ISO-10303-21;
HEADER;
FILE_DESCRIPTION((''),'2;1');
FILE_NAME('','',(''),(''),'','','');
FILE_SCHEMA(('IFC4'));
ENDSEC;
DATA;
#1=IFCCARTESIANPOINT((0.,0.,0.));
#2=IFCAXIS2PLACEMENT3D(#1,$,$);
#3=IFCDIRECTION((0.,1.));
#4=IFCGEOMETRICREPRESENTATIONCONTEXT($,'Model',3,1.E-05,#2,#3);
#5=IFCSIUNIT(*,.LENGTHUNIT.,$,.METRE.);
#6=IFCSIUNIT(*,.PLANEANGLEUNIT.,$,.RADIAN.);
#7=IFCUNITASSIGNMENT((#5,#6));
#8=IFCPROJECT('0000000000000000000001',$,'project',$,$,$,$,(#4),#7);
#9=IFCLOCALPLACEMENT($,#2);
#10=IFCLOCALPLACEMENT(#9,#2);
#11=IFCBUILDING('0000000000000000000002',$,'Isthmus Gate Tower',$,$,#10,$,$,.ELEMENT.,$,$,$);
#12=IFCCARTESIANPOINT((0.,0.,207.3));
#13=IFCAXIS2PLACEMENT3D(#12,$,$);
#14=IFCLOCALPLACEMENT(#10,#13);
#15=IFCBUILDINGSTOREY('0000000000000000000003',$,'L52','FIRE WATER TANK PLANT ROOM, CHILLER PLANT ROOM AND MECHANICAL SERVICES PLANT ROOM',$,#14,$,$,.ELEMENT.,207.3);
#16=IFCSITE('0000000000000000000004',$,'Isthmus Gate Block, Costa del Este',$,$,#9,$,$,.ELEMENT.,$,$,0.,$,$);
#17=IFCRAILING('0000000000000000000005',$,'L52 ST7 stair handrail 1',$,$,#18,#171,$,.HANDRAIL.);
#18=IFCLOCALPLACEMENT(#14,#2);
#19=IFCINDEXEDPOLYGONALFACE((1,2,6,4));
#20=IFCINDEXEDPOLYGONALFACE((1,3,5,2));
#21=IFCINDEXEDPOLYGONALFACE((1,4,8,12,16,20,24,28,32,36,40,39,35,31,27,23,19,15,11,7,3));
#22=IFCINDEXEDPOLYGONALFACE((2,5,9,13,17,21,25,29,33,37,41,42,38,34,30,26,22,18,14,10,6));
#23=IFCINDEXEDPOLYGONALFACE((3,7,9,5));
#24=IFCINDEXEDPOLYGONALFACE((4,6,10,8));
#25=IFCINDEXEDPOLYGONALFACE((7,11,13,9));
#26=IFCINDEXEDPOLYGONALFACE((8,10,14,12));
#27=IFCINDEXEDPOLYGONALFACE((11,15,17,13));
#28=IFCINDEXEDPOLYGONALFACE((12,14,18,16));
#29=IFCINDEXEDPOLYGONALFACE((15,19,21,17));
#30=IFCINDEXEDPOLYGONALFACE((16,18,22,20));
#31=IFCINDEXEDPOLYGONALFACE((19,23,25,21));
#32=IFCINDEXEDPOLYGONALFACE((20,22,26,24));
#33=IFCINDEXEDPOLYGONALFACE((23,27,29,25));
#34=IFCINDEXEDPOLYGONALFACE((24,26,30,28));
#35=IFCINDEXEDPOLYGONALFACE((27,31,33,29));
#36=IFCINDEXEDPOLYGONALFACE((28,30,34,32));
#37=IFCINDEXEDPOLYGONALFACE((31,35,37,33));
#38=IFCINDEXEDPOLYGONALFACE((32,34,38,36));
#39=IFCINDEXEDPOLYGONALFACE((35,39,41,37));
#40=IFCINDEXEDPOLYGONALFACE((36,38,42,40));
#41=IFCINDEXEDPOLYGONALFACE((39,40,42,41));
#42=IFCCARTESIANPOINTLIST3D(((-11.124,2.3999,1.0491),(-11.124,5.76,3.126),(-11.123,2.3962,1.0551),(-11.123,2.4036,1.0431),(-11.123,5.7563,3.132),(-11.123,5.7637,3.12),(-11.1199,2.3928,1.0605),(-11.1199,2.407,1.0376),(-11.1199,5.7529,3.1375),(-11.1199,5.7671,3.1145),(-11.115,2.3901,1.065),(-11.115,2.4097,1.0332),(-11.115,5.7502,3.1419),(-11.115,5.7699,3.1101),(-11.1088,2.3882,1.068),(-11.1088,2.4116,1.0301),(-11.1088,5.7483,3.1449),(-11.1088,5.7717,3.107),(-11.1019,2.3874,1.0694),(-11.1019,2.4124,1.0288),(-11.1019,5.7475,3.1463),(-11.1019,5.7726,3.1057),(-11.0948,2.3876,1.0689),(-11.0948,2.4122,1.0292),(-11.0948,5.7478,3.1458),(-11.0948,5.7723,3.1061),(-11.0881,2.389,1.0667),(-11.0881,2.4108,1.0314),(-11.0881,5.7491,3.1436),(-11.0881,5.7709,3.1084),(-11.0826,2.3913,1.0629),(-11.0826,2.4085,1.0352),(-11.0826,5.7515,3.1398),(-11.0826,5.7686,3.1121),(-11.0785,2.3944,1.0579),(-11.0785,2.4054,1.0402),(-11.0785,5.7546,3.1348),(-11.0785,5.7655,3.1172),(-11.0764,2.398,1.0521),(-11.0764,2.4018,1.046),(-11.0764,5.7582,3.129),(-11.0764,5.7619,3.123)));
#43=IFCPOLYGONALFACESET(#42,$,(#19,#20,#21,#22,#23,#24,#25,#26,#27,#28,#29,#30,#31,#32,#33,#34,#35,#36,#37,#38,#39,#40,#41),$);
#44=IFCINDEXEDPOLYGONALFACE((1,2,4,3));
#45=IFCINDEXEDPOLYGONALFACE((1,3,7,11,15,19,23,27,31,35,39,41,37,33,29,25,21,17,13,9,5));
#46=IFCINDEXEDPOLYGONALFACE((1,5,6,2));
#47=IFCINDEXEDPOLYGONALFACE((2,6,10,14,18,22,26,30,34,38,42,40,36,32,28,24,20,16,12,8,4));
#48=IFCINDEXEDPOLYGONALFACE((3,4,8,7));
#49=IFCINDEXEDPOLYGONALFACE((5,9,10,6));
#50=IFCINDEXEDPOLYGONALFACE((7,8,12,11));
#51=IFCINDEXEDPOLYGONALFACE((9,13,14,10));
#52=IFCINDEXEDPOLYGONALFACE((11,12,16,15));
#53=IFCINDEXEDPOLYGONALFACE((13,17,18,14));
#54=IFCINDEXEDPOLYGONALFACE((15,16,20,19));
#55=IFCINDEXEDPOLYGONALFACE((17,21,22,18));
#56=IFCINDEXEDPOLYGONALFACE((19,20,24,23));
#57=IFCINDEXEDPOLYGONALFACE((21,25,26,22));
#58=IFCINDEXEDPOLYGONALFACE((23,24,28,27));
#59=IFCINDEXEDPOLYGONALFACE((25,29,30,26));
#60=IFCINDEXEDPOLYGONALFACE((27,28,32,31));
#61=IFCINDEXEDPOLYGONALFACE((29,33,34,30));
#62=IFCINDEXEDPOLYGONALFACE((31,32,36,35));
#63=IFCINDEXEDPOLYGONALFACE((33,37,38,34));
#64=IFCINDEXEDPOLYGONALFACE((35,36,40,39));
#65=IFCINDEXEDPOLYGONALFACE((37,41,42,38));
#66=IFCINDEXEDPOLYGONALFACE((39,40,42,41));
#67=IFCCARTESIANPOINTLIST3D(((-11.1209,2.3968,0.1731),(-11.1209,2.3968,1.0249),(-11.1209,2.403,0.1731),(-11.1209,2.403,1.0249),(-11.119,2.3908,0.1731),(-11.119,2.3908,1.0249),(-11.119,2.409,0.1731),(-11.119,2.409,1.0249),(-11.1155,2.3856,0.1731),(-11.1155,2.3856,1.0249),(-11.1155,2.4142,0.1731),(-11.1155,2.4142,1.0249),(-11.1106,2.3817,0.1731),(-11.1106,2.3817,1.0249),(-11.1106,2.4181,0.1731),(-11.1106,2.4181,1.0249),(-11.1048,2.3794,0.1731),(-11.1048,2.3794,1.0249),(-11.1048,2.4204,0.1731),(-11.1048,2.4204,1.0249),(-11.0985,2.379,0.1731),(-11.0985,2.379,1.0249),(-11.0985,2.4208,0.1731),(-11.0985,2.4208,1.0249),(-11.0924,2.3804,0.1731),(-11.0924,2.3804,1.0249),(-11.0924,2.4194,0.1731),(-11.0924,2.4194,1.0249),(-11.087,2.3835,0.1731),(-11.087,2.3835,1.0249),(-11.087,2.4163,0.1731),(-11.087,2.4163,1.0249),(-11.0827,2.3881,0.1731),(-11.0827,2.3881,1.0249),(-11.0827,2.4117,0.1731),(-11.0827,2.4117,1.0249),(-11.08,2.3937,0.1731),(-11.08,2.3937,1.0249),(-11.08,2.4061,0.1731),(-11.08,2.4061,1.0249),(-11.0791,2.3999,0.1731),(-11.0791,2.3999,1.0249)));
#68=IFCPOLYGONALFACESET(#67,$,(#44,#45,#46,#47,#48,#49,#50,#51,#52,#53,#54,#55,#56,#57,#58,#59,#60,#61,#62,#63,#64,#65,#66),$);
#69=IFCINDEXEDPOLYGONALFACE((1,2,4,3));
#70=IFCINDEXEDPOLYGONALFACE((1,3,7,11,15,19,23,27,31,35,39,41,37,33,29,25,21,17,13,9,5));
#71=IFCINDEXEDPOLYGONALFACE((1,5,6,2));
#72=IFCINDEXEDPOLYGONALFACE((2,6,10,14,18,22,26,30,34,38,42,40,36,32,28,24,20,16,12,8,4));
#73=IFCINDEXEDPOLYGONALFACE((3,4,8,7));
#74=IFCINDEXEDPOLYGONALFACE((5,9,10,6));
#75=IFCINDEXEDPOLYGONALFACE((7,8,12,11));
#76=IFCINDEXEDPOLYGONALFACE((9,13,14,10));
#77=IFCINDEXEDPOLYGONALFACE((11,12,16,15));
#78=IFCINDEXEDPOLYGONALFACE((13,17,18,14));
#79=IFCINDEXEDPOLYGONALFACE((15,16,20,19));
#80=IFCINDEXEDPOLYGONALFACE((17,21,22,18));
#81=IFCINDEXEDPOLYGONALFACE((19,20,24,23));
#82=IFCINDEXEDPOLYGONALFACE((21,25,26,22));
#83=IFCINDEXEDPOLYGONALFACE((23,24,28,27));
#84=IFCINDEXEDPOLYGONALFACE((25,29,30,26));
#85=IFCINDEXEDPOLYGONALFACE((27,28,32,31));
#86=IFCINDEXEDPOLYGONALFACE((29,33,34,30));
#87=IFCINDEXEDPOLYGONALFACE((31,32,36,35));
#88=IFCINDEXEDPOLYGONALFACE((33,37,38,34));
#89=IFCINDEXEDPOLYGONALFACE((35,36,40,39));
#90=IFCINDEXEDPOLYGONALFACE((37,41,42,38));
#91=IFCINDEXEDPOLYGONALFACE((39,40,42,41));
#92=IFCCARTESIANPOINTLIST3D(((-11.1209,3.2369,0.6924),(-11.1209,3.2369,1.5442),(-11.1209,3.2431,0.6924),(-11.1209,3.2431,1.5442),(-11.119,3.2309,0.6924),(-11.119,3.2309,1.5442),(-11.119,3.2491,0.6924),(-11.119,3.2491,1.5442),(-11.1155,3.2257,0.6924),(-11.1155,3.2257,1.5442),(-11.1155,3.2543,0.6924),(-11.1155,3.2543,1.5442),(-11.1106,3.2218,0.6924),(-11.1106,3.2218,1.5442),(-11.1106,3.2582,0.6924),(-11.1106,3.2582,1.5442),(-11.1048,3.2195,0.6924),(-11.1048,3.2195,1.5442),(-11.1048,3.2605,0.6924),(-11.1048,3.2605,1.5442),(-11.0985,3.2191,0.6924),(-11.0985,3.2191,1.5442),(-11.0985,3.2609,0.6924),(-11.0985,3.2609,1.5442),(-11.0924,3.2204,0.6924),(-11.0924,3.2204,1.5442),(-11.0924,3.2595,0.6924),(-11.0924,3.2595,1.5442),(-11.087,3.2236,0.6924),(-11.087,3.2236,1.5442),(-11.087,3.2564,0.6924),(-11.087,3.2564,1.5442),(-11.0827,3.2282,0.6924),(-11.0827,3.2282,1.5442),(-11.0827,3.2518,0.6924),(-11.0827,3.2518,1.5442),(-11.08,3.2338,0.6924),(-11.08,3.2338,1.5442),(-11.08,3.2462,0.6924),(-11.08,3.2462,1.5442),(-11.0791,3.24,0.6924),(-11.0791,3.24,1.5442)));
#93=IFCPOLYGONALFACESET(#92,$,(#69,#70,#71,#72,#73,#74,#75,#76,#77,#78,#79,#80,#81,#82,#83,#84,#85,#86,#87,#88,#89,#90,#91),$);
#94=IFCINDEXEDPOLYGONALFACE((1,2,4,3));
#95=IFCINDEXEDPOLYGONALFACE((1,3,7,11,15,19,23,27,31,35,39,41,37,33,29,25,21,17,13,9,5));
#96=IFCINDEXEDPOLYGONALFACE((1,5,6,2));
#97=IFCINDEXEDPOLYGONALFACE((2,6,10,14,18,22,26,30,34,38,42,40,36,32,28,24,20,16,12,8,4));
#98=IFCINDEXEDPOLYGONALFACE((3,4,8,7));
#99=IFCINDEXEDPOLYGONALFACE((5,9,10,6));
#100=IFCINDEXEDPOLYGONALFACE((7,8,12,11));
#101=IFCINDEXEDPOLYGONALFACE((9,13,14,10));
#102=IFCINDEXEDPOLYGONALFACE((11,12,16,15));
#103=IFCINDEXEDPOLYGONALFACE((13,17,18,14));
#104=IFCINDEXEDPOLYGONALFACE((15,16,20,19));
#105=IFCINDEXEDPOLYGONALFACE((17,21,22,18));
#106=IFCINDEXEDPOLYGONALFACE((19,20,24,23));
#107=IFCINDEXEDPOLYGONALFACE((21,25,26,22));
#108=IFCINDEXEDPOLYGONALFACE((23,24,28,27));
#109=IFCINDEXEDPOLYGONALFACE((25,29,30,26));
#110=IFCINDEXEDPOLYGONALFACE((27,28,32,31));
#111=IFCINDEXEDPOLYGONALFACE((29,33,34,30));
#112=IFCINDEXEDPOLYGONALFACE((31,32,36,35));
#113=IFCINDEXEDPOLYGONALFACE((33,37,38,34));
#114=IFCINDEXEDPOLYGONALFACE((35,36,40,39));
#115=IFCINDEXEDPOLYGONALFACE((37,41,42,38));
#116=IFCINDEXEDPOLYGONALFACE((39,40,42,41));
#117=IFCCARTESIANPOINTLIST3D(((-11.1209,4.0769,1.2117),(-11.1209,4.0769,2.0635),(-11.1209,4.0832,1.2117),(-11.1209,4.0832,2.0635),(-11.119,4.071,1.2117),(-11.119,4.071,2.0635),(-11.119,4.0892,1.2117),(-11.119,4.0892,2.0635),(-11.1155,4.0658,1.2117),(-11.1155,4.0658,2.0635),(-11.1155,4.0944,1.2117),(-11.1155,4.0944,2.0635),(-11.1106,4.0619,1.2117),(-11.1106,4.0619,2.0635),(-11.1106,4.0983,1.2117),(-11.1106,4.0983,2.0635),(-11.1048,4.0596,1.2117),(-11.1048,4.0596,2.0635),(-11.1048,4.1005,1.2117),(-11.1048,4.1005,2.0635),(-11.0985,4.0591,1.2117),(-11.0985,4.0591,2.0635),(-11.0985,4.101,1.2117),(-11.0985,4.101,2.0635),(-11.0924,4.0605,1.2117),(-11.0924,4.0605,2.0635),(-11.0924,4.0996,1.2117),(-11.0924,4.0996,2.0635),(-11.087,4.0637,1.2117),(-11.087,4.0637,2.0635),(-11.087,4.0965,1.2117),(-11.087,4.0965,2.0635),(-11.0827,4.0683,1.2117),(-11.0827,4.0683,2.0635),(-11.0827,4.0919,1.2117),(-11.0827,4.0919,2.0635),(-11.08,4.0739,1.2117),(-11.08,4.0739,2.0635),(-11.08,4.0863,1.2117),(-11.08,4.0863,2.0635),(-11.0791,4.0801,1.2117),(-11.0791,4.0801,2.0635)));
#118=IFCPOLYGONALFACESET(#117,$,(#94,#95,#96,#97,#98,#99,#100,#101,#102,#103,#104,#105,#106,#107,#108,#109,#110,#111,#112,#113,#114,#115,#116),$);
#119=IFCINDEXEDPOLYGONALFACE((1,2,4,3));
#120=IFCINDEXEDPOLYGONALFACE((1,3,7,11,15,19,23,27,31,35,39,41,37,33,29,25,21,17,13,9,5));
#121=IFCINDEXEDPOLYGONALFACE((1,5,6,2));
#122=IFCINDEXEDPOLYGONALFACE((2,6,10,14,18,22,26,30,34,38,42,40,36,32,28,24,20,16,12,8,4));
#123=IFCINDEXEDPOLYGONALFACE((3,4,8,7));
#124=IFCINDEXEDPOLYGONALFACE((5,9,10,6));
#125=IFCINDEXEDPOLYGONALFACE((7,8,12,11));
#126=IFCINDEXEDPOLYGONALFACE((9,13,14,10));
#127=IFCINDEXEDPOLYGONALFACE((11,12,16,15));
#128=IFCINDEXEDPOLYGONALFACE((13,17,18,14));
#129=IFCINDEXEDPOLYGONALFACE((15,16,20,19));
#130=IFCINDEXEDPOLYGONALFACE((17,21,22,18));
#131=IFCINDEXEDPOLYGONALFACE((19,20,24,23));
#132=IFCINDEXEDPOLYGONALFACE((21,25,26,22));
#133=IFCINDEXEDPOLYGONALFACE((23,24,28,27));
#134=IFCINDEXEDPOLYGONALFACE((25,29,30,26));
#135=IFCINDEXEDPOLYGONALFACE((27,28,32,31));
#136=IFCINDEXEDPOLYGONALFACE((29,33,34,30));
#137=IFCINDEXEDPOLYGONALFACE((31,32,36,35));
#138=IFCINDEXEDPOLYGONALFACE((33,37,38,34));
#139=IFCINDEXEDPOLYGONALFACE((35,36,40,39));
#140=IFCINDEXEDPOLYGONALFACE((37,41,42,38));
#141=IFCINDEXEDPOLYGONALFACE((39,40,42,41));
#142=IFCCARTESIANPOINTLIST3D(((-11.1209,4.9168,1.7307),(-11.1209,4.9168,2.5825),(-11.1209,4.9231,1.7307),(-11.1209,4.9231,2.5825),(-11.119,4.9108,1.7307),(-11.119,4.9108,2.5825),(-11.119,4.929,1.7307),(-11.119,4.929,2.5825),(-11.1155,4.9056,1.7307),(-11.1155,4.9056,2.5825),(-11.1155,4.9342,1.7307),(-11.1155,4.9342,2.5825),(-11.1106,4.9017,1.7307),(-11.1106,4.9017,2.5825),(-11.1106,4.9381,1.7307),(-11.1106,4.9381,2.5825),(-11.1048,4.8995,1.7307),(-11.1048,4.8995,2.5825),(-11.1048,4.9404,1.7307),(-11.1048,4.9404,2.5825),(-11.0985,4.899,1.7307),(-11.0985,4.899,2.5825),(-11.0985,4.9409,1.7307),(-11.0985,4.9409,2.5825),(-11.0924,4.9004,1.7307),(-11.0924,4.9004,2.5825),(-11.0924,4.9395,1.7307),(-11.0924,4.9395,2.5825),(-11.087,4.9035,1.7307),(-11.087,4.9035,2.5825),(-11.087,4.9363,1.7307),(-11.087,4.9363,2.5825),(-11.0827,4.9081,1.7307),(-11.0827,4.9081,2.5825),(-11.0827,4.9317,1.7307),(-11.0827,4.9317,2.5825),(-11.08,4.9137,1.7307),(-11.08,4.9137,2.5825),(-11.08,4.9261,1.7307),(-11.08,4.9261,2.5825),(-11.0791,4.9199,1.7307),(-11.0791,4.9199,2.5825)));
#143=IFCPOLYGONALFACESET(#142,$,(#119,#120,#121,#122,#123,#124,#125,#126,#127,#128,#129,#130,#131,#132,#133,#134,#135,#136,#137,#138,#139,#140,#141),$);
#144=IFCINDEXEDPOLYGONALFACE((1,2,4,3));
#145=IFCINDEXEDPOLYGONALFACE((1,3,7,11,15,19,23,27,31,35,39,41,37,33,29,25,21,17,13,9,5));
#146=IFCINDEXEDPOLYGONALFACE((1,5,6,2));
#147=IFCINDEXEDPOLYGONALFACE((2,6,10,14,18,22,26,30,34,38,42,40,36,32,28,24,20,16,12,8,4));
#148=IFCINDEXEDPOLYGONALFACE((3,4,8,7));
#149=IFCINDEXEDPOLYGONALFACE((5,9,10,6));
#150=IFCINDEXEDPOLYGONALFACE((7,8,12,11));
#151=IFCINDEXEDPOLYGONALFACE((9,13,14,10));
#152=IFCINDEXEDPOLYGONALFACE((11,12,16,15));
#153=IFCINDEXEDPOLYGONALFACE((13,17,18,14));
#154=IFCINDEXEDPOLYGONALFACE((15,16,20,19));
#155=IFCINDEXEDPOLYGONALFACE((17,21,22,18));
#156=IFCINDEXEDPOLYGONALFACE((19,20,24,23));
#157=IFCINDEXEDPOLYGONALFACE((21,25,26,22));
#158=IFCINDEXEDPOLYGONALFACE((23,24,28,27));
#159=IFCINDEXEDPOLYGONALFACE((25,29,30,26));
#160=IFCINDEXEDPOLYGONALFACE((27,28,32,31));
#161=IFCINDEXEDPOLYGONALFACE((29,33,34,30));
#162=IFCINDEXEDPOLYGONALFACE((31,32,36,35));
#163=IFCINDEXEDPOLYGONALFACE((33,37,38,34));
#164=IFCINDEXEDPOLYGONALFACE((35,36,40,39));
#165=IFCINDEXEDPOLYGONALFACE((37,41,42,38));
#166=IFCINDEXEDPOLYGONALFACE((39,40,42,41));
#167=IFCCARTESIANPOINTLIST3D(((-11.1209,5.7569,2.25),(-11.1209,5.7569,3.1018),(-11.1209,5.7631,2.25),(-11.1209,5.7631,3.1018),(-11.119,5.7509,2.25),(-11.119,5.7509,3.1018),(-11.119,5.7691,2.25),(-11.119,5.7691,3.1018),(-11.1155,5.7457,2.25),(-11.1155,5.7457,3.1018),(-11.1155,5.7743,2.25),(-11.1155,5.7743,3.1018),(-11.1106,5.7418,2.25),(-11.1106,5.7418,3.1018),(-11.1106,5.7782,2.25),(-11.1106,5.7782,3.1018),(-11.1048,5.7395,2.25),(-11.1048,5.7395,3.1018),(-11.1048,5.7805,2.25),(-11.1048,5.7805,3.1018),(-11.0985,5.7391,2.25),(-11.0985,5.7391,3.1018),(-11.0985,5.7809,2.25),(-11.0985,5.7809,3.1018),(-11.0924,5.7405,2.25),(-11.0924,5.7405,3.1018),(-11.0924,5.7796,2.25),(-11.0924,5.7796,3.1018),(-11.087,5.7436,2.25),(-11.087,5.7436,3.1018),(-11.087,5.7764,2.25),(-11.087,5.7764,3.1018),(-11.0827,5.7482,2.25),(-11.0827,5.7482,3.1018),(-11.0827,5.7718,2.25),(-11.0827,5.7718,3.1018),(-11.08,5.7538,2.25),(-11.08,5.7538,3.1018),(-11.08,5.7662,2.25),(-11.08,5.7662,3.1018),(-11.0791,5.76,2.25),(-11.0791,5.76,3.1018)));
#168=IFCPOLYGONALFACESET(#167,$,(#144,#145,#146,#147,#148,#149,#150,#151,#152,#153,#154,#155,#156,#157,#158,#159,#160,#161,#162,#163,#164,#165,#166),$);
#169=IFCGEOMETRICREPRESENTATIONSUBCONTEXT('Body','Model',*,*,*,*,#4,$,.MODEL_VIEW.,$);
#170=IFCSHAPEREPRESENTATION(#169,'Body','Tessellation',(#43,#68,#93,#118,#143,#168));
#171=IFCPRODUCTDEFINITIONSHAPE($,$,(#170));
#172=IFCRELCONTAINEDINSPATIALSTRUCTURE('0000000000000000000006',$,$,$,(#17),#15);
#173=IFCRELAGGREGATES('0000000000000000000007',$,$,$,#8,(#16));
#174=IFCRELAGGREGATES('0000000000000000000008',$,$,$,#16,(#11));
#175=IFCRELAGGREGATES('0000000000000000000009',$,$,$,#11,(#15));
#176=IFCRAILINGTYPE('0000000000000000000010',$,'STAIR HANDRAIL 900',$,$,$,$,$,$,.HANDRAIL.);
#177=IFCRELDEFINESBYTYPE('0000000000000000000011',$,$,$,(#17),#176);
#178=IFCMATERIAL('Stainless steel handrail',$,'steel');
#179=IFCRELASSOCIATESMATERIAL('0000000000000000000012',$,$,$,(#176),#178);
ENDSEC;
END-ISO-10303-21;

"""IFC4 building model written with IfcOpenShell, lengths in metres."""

from ifc_helpers import new_model, si_unit, direction, frame, origin, origin_2d, place, context, subcontext, project, spatial, circle, extrude, material, type_object, element, save


model = new_model("IFC4")

# Units and contexts
model_context = context("Model", 3, precision=1e-05, world=origin(), true_north=direction((0.0, 1.0)))
body_context = subcontext(model_context, "Body", "Model", "MODEL_VIEW")
ifc_project = project(units=[si_unit("LENGTHUNIT", "METRE"), si_unit("PLANEANGLEUNIT", "RADIAN")], contexts=[model_context])

# Site, building, storey
site_placement = place(None, origin())
site = spatial("IfcSite", under=ifc_project, at=site_placement, Name="Isthmus Gate Block, Costa del Este", CompositionType="ELEMENT", RefElevation=0.0)
building_placement = place(site_placement, origin())
building = spatial("IfcBuilding", under=site, at=building_placement, Name="Isthmus Gate Tower", CompositionType="ELEMENT")
storey_placement = place(building_placement, frame((0.0, 0.0, 207.3)))
storey = spatial("IfcBuildingStorey", under=building, at=storey_placement, Name="L52", Description="FIRE WATER TANK PLANT ROOM, CHILLER PLANT ROOM AND MECHANICAL SERVICES PLANT ROOM", CompositionType="ELEMENT", Elevation=207.3)

# Railing
ifc_material_1 = material(Name="Stainless steel handrail", Category="steel")
railing_type_1 = type_object("IfcRailingType", Name="STAIR HANDRAIL 900", PredefinedType="HANDRAIL", material=ifc_material_1)
railing_1_placement = place(storey_placement, frame((-11.1001, 2.3999, 0.1731)))
element("IfcRailing", 1, at=railing_1_placement, inside=storey, type_object=railing_type_1, Name="L52 ST7 stair handrail 1", PredefinedType="HANDRAIL", context=body_context, shape_type="SweptSolid", body=[
    extrude(circle(Radius=0.0239, at=origin_2d()), frame((0.0, 0.0, 0.876), z_axis=(0.0, 0.850623, 0.525776), x_axis=(-1.0, 0.0, 0.0)), (0.0, 0.0, 1.0), 3.9502),
    extrude(circle(Radius=0.021, at=origin_2d()), origin(), (0.0, 0.0, 1.0), 0.8518),
    extrude(circle(Radius=0.021, at=origin_2d()), frame((0.0, 0.8401, 0.5193)), (0.0, 0.0, 1.0), 0.8518),
    extrude(circle(Radius=0.021, at=origin_2d()), frame((0.0, 1.6802, 1.0386)), (0.0, 0.0, 1.0), 0.8518),
    extrude(circle(Radius=0.021, at=origin_2d()), frame((0.0, 2.52, 1.5576)), (0.0, 0.0, 1.0), 0.8518),
    extrude(circle(Radius=0.021, at=origin_2d()), frame((0.0, 3.3601, 2.0769)), (0.0, 0.0, 1.0), 0.8518),
])

save(model, "model.ifc")
